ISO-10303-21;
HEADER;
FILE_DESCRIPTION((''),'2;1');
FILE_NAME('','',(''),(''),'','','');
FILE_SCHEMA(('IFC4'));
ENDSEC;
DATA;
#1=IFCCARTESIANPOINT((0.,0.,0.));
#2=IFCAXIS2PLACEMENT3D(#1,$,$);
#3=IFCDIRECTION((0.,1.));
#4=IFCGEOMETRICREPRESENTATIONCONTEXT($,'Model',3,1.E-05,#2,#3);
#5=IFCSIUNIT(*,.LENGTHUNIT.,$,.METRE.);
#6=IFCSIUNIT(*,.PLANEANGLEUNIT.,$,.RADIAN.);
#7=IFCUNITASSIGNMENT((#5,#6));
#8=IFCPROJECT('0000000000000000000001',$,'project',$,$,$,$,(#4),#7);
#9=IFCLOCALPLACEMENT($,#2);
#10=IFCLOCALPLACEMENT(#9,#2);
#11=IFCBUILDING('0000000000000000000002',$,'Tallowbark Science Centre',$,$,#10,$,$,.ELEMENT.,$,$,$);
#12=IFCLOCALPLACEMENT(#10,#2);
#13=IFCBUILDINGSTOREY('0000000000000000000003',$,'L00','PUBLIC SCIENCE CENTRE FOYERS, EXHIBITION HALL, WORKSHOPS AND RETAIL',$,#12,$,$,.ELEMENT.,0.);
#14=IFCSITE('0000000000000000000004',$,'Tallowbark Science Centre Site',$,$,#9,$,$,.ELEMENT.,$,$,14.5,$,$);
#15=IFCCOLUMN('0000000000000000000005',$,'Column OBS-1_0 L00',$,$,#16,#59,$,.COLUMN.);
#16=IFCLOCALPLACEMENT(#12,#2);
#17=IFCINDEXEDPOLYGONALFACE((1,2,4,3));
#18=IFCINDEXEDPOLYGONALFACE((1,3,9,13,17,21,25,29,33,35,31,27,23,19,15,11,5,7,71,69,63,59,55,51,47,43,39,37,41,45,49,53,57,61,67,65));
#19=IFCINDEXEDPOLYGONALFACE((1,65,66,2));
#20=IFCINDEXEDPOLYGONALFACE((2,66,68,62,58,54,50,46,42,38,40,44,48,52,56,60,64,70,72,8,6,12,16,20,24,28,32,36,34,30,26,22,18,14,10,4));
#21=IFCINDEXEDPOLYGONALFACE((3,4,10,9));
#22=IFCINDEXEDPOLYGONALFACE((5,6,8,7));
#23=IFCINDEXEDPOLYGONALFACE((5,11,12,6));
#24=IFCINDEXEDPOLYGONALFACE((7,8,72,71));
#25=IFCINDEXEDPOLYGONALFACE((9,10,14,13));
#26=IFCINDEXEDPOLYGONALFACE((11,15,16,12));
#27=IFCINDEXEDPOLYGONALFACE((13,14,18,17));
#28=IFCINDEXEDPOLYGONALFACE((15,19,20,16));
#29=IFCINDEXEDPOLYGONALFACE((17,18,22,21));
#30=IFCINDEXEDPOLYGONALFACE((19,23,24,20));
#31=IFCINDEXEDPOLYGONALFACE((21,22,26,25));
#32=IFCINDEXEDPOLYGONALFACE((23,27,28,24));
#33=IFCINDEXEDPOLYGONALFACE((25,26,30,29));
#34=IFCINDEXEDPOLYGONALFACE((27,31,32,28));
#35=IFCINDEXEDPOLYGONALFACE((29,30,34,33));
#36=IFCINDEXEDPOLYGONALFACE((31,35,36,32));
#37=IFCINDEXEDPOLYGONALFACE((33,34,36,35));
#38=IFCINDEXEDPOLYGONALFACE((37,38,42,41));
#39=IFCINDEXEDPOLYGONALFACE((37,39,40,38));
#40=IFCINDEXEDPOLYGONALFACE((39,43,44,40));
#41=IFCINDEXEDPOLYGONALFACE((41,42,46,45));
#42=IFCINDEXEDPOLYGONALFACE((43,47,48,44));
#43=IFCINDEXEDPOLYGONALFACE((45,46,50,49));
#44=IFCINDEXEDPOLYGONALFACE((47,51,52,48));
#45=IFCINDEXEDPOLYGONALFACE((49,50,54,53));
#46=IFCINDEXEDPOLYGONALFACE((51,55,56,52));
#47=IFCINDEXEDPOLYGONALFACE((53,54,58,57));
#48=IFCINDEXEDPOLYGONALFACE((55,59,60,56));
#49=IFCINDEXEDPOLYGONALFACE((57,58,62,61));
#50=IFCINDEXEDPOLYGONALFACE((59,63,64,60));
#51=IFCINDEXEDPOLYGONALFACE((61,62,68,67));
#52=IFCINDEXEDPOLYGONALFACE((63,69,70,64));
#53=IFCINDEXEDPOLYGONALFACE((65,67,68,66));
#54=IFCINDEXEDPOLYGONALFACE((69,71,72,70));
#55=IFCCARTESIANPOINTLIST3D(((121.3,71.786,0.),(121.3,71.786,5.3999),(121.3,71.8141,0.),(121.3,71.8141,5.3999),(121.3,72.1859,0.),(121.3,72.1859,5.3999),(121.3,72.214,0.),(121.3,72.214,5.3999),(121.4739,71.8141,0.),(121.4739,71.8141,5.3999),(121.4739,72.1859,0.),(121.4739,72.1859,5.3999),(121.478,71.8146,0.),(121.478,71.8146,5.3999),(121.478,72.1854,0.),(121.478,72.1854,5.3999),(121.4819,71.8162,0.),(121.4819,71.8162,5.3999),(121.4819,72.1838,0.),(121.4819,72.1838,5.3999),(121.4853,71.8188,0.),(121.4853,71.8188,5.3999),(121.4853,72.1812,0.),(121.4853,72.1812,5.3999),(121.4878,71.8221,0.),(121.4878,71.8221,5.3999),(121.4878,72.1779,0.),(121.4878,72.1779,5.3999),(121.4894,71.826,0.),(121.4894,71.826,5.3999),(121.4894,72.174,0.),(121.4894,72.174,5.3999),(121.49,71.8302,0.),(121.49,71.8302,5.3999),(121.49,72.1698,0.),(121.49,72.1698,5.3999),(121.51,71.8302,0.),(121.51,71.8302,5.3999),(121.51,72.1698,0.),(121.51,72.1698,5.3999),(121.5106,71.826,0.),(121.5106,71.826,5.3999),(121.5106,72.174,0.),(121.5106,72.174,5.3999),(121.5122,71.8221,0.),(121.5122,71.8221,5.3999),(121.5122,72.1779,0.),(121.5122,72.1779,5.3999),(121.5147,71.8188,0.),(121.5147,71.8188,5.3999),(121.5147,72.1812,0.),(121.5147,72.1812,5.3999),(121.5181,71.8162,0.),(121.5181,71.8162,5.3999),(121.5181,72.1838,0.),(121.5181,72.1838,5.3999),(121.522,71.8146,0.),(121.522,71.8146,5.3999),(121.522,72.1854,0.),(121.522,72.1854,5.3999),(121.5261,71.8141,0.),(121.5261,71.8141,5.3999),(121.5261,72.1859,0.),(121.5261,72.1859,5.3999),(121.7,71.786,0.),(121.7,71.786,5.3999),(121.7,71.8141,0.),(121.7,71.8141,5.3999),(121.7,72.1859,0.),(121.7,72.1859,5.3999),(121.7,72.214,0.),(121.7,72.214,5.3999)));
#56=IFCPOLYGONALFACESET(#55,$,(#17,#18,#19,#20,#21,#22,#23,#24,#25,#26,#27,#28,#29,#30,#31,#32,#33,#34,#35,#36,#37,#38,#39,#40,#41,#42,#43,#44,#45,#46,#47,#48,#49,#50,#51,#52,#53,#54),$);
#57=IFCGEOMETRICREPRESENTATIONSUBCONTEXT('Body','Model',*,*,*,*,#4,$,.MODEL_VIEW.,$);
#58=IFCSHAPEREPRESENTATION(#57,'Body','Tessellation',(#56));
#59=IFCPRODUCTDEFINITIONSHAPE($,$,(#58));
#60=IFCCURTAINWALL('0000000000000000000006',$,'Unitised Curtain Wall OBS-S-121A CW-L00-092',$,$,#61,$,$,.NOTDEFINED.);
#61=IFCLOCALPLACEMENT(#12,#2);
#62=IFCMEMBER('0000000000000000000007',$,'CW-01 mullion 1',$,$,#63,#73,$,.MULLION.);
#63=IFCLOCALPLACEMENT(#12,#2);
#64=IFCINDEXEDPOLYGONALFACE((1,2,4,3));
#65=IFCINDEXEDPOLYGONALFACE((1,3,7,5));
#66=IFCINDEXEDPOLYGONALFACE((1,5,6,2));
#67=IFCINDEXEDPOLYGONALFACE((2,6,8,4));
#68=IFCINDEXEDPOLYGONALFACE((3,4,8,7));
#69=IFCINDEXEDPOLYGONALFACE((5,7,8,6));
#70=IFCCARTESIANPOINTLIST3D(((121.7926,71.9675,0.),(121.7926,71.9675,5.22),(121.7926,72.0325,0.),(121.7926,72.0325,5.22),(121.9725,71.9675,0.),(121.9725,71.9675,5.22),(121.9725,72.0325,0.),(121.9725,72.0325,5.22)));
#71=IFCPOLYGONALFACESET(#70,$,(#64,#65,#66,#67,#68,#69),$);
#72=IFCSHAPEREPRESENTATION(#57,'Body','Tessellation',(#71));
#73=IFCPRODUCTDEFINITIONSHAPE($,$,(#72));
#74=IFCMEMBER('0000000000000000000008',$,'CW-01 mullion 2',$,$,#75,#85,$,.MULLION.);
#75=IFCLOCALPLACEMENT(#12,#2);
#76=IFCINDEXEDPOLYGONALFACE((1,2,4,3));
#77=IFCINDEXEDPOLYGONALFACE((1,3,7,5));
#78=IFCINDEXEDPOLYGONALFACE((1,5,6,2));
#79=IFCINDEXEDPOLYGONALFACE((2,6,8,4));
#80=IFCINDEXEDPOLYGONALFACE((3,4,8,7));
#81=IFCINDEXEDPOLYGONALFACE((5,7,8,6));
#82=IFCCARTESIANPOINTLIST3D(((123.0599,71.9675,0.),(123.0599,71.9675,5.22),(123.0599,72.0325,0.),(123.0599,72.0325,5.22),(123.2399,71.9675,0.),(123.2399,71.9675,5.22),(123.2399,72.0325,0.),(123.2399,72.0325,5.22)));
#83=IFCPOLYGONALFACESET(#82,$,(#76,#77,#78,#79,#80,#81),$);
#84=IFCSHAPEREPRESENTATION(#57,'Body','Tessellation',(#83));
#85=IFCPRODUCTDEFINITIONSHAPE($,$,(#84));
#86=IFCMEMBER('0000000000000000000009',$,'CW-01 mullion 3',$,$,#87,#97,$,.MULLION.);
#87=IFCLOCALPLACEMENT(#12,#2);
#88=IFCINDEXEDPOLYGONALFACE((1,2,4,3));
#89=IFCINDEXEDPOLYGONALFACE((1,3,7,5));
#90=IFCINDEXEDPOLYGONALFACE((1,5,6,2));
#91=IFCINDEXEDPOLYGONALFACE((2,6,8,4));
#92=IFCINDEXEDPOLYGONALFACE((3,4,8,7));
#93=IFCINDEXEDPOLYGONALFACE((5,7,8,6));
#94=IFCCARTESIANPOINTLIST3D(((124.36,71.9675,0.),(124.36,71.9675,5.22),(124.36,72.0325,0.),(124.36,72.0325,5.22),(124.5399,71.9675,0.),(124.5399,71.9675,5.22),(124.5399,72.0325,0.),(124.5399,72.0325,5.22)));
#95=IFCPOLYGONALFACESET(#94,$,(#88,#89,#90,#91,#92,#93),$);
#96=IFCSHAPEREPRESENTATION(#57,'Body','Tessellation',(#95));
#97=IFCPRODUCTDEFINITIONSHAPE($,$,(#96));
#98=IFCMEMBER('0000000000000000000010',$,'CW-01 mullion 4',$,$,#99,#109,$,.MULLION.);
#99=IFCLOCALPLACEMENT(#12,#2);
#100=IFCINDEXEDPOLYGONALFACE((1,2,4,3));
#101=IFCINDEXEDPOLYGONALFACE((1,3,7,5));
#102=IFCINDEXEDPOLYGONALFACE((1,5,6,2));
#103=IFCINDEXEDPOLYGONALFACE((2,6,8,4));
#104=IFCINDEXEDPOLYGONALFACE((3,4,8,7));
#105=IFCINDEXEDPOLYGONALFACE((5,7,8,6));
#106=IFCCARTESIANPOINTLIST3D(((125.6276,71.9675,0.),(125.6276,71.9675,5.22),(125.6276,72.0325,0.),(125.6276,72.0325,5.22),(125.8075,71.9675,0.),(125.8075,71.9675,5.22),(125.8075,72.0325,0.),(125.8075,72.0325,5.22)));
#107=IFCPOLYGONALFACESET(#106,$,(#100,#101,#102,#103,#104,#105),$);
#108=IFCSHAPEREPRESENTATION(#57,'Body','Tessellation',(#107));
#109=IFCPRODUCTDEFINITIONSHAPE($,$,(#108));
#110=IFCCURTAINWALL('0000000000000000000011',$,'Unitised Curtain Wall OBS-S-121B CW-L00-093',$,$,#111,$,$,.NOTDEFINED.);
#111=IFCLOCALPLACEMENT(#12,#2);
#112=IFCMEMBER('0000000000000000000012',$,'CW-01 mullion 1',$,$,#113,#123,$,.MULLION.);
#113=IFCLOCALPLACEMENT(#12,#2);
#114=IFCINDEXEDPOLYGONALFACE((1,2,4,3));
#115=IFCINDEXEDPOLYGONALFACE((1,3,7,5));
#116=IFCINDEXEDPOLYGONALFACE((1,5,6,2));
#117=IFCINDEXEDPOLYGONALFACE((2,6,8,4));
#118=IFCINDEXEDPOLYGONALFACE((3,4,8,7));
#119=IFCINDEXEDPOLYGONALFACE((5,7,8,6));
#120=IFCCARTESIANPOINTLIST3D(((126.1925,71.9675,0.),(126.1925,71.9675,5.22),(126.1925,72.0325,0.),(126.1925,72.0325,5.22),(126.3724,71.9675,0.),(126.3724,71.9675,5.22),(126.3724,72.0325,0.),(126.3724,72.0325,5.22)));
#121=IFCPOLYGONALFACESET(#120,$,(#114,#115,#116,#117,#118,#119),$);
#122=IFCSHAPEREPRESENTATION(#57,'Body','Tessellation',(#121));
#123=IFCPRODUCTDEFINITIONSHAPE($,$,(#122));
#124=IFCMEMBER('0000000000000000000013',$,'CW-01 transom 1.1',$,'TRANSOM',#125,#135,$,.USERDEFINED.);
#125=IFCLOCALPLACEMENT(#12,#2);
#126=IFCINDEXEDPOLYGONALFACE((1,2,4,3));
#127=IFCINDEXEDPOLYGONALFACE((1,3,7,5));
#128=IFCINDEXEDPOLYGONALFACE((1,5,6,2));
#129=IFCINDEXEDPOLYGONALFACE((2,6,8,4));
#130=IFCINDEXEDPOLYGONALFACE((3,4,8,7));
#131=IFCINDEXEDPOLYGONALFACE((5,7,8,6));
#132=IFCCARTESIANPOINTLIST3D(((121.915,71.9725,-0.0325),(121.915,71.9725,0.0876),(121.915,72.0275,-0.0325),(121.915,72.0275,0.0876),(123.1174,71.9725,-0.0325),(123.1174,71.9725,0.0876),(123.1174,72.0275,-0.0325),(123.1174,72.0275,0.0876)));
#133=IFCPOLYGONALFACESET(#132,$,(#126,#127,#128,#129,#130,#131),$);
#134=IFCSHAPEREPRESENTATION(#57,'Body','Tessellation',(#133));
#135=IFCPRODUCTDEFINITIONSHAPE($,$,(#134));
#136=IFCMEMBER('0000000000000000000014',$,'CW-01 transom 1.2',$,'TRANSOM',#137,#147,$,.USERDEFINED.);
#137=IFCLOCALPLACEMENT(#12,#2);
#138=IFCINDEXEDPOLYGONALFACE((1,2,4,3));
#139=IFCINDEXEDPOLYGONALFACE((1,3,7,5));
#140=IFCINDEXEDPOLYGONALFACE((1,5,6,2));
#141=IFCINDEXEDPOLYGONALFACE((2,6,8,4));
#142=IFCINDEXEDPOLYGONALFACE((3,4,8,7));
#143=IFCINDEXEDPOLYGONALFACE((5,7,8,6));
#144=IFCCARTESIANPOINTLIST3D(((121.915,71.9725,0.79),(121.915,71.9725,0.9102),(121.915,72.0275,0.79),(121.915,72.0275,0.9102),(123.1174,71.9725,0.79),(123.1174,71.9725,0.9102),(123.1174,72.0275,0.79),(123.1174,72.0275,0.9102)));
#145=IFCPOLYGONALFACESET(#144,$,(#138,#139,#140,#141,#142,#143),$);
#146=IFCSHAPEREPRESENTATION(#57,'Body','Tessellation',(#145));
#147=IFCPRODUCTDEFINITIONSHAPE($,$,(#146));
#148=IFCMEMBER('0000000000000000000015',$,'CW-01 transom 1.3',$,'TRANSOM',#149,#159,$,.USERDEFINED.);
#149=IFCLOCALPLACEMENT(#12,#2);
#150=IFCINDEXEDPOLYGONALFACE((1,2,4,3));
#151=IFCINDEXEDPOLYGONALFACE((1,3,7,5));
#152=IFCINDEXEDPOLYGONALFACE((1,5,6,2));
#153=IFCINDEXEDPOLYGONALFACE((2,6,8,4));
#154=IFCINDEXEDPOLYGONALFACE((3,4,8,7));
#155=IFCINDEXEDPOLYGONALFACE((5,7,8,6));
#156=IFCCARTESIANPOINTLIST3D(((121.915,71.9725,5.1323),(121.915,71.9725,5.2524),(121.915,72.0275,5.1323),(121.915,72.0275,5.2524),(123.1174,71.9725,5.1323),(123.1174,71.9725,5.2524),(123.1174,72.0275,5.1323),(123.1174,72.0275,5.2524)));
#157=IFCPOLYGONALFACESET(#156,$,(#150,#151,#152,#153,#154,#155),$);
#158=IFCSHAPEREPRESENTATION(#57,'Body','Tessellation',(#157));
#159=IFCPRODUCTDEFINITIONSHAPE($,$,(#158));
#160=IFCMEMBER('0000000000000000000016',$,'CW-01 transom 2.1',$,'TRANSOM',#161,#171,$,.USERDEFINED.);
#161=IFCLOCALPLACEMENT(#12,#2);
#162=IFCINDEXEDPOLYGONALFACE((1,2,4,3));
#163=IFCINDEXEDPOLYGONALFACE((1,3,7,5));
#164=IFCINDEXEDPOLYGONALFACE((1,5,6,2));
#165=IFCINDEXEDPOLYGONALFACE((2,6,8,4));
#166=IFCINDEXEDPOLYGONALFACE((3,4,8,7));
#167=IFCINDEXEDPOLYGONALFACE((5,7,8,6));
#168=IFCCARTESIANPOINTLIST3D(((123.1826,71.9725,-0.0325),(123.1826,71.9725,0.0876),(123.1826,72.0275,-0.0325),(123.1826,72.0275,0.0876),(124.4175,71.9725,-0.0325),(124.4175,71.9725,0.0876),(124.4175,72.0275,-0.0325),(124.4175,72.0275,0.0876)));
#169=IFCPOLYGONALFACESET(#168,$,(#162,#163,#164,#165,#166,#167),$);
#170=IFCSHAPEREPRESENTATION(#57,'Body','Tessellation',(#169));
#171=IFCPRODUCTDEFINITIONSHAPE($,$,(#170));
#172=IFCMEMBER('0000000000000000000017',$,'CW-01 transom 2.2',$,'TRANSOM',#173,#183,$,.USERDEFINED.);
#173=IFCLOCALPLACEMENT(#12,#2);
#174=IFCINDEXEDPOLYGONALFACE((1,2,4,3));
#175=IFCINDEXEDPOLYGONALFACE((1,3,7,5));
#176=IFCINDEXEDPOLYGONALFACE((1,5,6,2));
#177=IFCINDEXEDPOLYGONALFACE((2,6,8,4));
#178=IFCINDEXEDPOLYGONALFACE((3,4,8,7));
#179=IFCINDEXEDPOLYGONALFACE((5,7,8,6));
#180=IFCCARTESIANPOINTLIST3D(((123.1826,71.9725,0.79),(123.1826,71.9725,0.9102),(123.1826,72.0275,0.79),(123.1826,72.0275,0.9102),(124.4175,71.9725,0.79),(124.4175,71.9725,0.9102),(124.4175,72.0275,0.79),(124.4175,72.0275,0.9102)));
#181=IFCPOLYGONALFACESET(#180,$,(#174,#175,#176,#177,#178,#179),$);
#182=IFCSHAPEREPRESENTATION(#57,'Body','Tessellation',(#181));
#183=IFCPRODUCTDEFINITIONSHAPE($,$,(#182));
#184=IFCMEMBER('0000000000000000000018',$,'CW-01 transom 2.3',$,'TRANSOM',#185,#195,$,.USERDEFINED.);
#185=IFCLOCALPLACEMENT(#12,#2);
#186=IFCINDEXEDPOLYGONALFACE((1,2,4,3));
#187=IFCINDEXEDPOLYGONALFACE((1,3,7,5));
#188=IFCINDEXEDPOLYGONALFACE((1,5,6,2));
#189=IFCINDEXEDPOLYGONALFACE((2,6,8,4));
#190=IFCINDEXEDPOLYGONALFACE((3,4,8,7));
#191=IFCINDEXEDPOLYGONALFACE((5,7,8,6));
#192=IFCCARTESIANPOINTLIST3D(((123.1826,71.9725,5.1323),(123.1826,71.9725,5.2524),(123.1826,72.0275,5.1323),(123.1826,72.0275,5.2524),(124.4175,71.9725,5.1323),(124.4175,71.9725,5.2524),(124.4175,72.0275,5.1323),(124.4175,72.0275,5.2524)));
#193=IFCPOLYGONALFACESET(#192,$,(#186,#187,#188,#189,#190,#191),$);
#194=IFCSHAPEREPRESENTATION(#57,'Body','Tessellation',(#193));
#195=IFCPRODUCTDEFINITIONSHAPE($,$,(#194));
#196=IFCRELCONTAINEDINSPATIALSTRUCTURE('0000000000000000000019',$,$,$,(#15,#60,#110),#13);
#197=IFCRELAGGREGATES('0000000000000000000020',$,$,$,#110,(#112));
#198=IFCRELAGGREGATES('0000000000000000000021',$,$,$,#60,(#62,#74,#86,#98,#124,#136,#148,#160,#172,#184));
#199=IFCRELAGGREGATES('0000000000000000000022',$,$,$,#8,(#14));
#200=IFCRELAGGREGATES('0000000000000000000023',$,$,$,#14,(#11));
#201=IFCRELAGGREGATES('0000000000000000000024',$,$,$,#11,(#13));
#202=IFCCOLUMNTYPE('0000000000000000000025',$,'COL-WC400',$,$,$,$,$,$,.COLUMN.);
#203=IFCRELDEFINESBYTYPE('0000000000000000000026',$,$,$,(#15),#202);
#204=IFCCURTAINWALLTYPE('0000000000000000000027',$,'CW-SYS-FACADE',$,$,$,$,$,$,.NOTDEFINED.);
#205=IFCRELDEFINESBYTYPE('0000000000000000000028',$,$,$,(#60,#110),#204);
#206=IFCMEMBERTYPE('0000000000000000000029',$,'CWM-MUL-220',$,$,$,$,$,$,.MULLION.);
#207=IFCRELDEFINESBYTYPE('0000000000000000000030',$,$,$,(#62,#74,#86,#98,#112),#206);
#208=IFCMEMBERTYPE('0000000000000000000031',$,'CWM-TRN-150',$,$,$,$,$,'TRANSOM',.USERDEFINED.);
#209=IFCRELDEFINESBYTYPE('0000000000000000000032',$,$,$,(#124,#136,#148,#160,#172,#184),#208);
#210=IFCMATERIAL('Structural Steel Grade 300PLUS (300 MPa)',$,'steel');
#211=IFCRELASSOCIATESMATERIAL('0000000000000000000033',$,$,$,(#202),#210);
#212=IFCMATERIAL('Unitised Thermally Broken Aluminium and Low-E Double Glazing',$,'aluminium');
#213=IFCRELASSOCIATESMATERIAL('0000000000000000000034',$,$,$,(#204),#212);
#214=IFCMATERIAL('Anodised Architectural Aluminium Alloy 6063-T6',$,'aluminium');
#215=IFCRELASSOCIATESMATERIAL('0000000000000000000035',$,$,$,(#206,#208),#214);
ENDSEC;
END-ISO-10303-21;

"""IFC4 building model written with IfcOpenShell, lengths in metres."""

from ifc_helpers import new_model, si_unit, direction, frame, origin, origin_2d, place, context, subcontext, project, spatial, rectangle, i_section, extrude, material, material_profile, profile_set, type_object, element, aggregate, save


model = new_model("IFC4")

# Units and contexts
model_context = context("Model", 3, precision=1e-05, world=origin(), true_north=direction((0.0, 1.0)))
body_context = subcontext(model_context, "Body", "Model", "MODEL_VIEW")
ifc_project = project(units=[si_unit("LENGTHUNIT", "METRE"), si_unit("PLANEANGLEUNIT", "RADIAN")], contexts=[model_context])

# Site, building, storey
site_placement = place(None, origin())
site = spatial("IfcSite", under=ifc_project, at=site_placement, Name="Tallowbark Science Centre Site", CompositionType="ELEMENT", RefElevation=14.5)
building_placement = place(site_placement, origin())
building = spatial("IfcBuilding", under=site, at=building_placement, Name="Tallowbark Science Centre", CompositionType="ELEMENT")
storey_placement = place(building_placement, origin())
storey = spatial("IfcBuildingStorey", under=building, at=storey_placement, Name="L00", Description="PUBLIC SCIENCE CENTRE FOYERS, EXHIBITION HALL, WORKSHOPS AND RETAIL", CompositionType="ELEMENT", Elevation=0.0)

# Column
ifc_material_1 = material(Name="Structural Steel Grade 300PLUS (300 MPa)", Category="steel")
ifc_material_profile_1 = material_profile(ifc_material_1, i_section(OverallWidth=0.3999, OverallDepth=0.428, WebThickness=0.02, FlangeThickness=0.0281, FilletRadius=0.0161, at=origin_2d()), Name="400WC270")
ifc_profile_set_1 = profile_set([ifc_material_profile_1], Name="Structural Steel Grade 300PLUS (300 MPa)")
column_type = type_object("IfcColumnType", Name="COL-WC400", PredefinedType="COLUMN", material=ifc_profile_set_1)
column_placement = place(storey_placement, frame((121.5, 72.0, 0.0), z_axis=(0.0, 0.0, 1.0), x_axis=(1.0, 0.0, 0.0)))
element("IfcColumn", 1, at=column_placement, inside=storey, type_object=column_type, Name="Column OBS-1_0 L00", PredefinedType="COLUMN", context=body_context, shape_type="SweptSolid", body=[
    extrude(i_section(OverallWidth=0.3999, OverallDepth=0.428, WebThickness=0.02, FlangeThickness=0.0281, FilletRadius=0.0161, at=origin_2d()), origin(), (0.0, 0.0, 1.0), 5.3999),
])

# Curtain wall, members
ifc_material_2 = material(Name="Unitised Thermally Broken Aluminium and Low-E Double Glazing", Category="aluminium")
curtain_wall_type = type_object("IfcCurtainWallType", Name="CW-SYS-FACADE", PredefinedType="NOTDEFINED", material=ifc_material_2)
curtain_wall_1_placement = place(storey_placement, origin())
curtain_wall_1 = element("IfcCurtainWall", 2, at=curtain_wall_1_placement, inside=storey, type_object=curtain_wall_type, Name="Unitised Curtain Wall OBS-S-121A CW-L00-092", PredefinedType="NOTDEFINED")
ifc_material_3 = material(Name="Anodised Architectural Aluminium Alloy 6063-T6", Category="aluminium")
ifc_material_profile_2 = material_profile(ifc_material_3, rectangle(XDim=0.0649, YDim=0.1799, at=origin_2d()), Name="ALU65x180")
ifc_profile_set_2 = profile_set([ifc_material_profile_2], Name="Anodised Architectural Aluminium Alloy 6063-T6")
member_type_1 = type_object("IfcMemberType", Name="CWM-MUL-220", PredefinedType="MULLION", material=ifc_profile_set_2)
member_1_placement = place(storey_placement, frame((121.8826, 72.0, 0.0), z_axis=(0.0, 0.0, 1.0), x_axis=(0.0, 1.0, 0.0)))
member_1 = element("IfcMember", 3, at=member_1_placement, type_object=member_type_1, Name="CW-01 mullion 1", PredefinedType="MULLION", context=body_context, shape_type="SweptSolid", body=[
    extrude(rectangle(XDim=0.0649, YDim=0.1799, at=origin_2d()), origin(), (0.0, 0.0, 1.0), 5.22),
])
member_2_placement = place(storey_placement, frame((123.1499, 72.0, 0.0), z_axis=(0.0, 0.0, 1.0), x_axis=(0.0, 1.0, 0.0)))
member_2 = element("IfcMember", 4, at=member_2_placement, type_object=member_type_1, Name="CW-01 mullion 2", PredefinedType="MULLION", context=body_context, shape_type="SweptSolid", body=[
    extrude(rectangle(XDim=0.0649, YDim=0.1799, at=origin_2d()), origin(), (0.0, 0.0, 1.0), 5.22),
])
member_3_placement = place(storey_placement, frame((124.45, 72.0, 0.0), z_axis=(0.0, 0.0, 1.0), x_axis=(0.0, 1.0, 0.0)))
member_3 = element("IfcMember", 5, at=member_3_placement, type_object=member_type_1, Name="CW-01 mullion 3", PredefinedType="MULLION", context=body_context, shape_type="SweptSolid", body=[
    extrude(rectangle(XDim=0.0649, YDim=0.1799, at=origin_2d()), origin(), (0.0, 0.0, 1.0), 5.22),
])
member_4_placement = place(storey_placement, frame((125.7175, 72.0, 0.0), z_axis=(0.0, 0.0, 1.0), x_axis=(0.0, 1.0, 0.0)))
member_4 = element("IfcMember", 6, at=member_4_placement, type_object=member_type_1, Name="CW-01 mullion 4", PredefinedType="MULLION", context=body_context, shape_type="SweptSolid", body=[
    extrude(rectangle(XDim=0.0649, YDim=0.1799, at=origin_2d()), origin(), (0.0, 0.0, 1.0), 5.22),
])

# Curtain wall, member
curtain_wall_2_placement = place(storey_placement, origin())
curtain_wall_2 = element("IfcCurtainWall", 7, at=curtain_wall_2_placement, inside=storey, type_object=curtain_wall_type, Name="Unitised Curtain Wall OBS-S-121B CW-L00-093", PredefinedType="NOTDEFINED")
member_5_placement = place(storey_placement, frame((126.2825, 72.0, 0.0), z_axis=(0.0, 0.0, 1.0), x_axis=(0.0, 1.0, 0.0)))
member_5 = element("IfcMember", 8, at=member_5_placement, type_object=member_type_1, Name="CW-01 mullion 1", PredefinedType="MULLION", context=body_context, shape_type="SweptSolid", body=[
    extrude(rectangle(XDim=0.0649, YDim=0.1799, at=origin_2d()), origin(), (0.0, 0.0, 1.0), 5.22),
])

# Members
ifc_material_profile_3 = material_profile(ifc_material_3, rectangle(XDim=0.0549, YDim=0.1201, at=origin_2d()), Name="ALU55x120")
ifc_profile_set_3 = profile_set([ifc_material_profile_3], Name="Anodised Architectural Aluminium Alloy 6063-T6")
member_type_2 = type_object("IfcMemberType", Name="CWM-TRN-150", ElementType="TRANSOM", PredefinedType="USERDEFINED", material=ifc_profile_set_3)
member_6_placement = place(storey_placement, frame((121.915, 72.0, 0.0276), z_axis=(1.0, 0.0, 0.0), x_axis=(0.0, 1.0, 0.0)))
member_6 = element("IfcMember", 9, at=member_6_placement, type_object=member_type_2, Name="CW-01 transom 1.1", ObjectType="TRANSOM", PredefinedType="USERDEFINED", context=body_context, shape_type="SweptSolid", body=[
    extrude(rectangle(XDim=0.0549, YDim=0.1201, at=origin_2d()), origin(), (0.0, 0.0, 1.0), 1.2024),
])
member_7_placement = place(storey_placement, frame((121.915, 72.0, 0.8501), z_axis=(1.0, 0.0, 0.0), x_axis=(0.0, 1.0, 0.0)))
member_7 = element("IfcMember", 10, at=member_7_placement, type_object=member_type_2, Name="CW-01 transom 1.2", ObjectType="TRANSOM", PredefinedType="USERDEFINED", context=body_context, shape_type="SweptSolid", body=[
    extrude(rectangle(XDim=0.0549, YDim=0.1201, at=origin_2d()), origin(), (0.0, 0.0, 1.0), 1.2024),
])
member_8_placement = place(storey_placement, frame((121.915, 72.0, 5.1924), z_axis=(1.0, 0.0, 0.0), x_axis=(0.0, 1.0, 0.0)))
member_8 = element("IfcMember", 11, at=member_8_placement, type_object=member_type_2, Name="CW-01 transom 1.3", ObjectType="TRANSOM", PredefinedType="USERDEFINED", context=body_context, shape_type="SweptSolid", body=[
    extrude(rectangle(XDim=0.0549, YDim=0.1201, at=origin_2d()), origin(), (0.0, 0.0, 1.0), 1.2024),
])
member_9_placement = place(storey_placement, frame((123.1826, 72.0, 0.0276), z_axis=(1.0, 0.0, 0.0), x_axis=(0.0, 1.0, 0.0)))
member_9 = element("IfcMember", 12, at=member_9_placement, type_object=member_type_2, Name="CW-01 transom 2.1", ObjectType="TRANSOM", PredefinedType="USERDEFINED", context=body_context, shape_type="SweptSolid", body=[
    extrude(rectangle(XDim=0.0549, YDim=0.1201, at=origin_2d()), origin(), (0.0, 0.0, 1.0), 1.2349),
])
member_10_placement = place(storey_placement, frame((123.1826, 72.0, 0.8501), z_axis=(1.0, 0.0, 0.0), x_axis=(0.0, 1.0, 0.0)))
member_10 = element("IfcMember", 13, at=member_10_placement, type_object=member_type_2, Name="CW-01 transom 2.2", ObjectType="TRANSOM", PredefinedType="USERDEFINED", context=body_context, shape_type="SweptSolid", body=[
    extrude(rectangle(XDim=0.0549, YDim=0.1201, at=origin_2d()), origin(), (0.0, 0.0, 1.0), 1.2349),
])
member_11_placement = place(storey_placement, frame((123.1826, 72.0, 5.1924), z_axis=(1.0, 0.0, 0.0), x_axis=(0.0, 1.0, 0.0)))
member_11 = element("IfcMember", 14, at=member_11_placement, type_object=member_type_2, Name="CW-01 transom 2.3", ObjectType="TRANSOM", PredefinedType="USERDEFINED", context=body_context, shape_type="SweptSolid", body=[
    extrude(rectangle(XDim=0.0549, YDim=0.1201, at=origin_2d()), origin(), (0.0, 0.0, 1.0), 1.2349),
])
aggregate(curtain_wall_2, [member_5])

aggregate(curtain_wall_1, [member_1, member_2, member_3, member_4, member_6, member_7, member_8, member_9, member_10, member_11])

save(model, "model.ifc")
